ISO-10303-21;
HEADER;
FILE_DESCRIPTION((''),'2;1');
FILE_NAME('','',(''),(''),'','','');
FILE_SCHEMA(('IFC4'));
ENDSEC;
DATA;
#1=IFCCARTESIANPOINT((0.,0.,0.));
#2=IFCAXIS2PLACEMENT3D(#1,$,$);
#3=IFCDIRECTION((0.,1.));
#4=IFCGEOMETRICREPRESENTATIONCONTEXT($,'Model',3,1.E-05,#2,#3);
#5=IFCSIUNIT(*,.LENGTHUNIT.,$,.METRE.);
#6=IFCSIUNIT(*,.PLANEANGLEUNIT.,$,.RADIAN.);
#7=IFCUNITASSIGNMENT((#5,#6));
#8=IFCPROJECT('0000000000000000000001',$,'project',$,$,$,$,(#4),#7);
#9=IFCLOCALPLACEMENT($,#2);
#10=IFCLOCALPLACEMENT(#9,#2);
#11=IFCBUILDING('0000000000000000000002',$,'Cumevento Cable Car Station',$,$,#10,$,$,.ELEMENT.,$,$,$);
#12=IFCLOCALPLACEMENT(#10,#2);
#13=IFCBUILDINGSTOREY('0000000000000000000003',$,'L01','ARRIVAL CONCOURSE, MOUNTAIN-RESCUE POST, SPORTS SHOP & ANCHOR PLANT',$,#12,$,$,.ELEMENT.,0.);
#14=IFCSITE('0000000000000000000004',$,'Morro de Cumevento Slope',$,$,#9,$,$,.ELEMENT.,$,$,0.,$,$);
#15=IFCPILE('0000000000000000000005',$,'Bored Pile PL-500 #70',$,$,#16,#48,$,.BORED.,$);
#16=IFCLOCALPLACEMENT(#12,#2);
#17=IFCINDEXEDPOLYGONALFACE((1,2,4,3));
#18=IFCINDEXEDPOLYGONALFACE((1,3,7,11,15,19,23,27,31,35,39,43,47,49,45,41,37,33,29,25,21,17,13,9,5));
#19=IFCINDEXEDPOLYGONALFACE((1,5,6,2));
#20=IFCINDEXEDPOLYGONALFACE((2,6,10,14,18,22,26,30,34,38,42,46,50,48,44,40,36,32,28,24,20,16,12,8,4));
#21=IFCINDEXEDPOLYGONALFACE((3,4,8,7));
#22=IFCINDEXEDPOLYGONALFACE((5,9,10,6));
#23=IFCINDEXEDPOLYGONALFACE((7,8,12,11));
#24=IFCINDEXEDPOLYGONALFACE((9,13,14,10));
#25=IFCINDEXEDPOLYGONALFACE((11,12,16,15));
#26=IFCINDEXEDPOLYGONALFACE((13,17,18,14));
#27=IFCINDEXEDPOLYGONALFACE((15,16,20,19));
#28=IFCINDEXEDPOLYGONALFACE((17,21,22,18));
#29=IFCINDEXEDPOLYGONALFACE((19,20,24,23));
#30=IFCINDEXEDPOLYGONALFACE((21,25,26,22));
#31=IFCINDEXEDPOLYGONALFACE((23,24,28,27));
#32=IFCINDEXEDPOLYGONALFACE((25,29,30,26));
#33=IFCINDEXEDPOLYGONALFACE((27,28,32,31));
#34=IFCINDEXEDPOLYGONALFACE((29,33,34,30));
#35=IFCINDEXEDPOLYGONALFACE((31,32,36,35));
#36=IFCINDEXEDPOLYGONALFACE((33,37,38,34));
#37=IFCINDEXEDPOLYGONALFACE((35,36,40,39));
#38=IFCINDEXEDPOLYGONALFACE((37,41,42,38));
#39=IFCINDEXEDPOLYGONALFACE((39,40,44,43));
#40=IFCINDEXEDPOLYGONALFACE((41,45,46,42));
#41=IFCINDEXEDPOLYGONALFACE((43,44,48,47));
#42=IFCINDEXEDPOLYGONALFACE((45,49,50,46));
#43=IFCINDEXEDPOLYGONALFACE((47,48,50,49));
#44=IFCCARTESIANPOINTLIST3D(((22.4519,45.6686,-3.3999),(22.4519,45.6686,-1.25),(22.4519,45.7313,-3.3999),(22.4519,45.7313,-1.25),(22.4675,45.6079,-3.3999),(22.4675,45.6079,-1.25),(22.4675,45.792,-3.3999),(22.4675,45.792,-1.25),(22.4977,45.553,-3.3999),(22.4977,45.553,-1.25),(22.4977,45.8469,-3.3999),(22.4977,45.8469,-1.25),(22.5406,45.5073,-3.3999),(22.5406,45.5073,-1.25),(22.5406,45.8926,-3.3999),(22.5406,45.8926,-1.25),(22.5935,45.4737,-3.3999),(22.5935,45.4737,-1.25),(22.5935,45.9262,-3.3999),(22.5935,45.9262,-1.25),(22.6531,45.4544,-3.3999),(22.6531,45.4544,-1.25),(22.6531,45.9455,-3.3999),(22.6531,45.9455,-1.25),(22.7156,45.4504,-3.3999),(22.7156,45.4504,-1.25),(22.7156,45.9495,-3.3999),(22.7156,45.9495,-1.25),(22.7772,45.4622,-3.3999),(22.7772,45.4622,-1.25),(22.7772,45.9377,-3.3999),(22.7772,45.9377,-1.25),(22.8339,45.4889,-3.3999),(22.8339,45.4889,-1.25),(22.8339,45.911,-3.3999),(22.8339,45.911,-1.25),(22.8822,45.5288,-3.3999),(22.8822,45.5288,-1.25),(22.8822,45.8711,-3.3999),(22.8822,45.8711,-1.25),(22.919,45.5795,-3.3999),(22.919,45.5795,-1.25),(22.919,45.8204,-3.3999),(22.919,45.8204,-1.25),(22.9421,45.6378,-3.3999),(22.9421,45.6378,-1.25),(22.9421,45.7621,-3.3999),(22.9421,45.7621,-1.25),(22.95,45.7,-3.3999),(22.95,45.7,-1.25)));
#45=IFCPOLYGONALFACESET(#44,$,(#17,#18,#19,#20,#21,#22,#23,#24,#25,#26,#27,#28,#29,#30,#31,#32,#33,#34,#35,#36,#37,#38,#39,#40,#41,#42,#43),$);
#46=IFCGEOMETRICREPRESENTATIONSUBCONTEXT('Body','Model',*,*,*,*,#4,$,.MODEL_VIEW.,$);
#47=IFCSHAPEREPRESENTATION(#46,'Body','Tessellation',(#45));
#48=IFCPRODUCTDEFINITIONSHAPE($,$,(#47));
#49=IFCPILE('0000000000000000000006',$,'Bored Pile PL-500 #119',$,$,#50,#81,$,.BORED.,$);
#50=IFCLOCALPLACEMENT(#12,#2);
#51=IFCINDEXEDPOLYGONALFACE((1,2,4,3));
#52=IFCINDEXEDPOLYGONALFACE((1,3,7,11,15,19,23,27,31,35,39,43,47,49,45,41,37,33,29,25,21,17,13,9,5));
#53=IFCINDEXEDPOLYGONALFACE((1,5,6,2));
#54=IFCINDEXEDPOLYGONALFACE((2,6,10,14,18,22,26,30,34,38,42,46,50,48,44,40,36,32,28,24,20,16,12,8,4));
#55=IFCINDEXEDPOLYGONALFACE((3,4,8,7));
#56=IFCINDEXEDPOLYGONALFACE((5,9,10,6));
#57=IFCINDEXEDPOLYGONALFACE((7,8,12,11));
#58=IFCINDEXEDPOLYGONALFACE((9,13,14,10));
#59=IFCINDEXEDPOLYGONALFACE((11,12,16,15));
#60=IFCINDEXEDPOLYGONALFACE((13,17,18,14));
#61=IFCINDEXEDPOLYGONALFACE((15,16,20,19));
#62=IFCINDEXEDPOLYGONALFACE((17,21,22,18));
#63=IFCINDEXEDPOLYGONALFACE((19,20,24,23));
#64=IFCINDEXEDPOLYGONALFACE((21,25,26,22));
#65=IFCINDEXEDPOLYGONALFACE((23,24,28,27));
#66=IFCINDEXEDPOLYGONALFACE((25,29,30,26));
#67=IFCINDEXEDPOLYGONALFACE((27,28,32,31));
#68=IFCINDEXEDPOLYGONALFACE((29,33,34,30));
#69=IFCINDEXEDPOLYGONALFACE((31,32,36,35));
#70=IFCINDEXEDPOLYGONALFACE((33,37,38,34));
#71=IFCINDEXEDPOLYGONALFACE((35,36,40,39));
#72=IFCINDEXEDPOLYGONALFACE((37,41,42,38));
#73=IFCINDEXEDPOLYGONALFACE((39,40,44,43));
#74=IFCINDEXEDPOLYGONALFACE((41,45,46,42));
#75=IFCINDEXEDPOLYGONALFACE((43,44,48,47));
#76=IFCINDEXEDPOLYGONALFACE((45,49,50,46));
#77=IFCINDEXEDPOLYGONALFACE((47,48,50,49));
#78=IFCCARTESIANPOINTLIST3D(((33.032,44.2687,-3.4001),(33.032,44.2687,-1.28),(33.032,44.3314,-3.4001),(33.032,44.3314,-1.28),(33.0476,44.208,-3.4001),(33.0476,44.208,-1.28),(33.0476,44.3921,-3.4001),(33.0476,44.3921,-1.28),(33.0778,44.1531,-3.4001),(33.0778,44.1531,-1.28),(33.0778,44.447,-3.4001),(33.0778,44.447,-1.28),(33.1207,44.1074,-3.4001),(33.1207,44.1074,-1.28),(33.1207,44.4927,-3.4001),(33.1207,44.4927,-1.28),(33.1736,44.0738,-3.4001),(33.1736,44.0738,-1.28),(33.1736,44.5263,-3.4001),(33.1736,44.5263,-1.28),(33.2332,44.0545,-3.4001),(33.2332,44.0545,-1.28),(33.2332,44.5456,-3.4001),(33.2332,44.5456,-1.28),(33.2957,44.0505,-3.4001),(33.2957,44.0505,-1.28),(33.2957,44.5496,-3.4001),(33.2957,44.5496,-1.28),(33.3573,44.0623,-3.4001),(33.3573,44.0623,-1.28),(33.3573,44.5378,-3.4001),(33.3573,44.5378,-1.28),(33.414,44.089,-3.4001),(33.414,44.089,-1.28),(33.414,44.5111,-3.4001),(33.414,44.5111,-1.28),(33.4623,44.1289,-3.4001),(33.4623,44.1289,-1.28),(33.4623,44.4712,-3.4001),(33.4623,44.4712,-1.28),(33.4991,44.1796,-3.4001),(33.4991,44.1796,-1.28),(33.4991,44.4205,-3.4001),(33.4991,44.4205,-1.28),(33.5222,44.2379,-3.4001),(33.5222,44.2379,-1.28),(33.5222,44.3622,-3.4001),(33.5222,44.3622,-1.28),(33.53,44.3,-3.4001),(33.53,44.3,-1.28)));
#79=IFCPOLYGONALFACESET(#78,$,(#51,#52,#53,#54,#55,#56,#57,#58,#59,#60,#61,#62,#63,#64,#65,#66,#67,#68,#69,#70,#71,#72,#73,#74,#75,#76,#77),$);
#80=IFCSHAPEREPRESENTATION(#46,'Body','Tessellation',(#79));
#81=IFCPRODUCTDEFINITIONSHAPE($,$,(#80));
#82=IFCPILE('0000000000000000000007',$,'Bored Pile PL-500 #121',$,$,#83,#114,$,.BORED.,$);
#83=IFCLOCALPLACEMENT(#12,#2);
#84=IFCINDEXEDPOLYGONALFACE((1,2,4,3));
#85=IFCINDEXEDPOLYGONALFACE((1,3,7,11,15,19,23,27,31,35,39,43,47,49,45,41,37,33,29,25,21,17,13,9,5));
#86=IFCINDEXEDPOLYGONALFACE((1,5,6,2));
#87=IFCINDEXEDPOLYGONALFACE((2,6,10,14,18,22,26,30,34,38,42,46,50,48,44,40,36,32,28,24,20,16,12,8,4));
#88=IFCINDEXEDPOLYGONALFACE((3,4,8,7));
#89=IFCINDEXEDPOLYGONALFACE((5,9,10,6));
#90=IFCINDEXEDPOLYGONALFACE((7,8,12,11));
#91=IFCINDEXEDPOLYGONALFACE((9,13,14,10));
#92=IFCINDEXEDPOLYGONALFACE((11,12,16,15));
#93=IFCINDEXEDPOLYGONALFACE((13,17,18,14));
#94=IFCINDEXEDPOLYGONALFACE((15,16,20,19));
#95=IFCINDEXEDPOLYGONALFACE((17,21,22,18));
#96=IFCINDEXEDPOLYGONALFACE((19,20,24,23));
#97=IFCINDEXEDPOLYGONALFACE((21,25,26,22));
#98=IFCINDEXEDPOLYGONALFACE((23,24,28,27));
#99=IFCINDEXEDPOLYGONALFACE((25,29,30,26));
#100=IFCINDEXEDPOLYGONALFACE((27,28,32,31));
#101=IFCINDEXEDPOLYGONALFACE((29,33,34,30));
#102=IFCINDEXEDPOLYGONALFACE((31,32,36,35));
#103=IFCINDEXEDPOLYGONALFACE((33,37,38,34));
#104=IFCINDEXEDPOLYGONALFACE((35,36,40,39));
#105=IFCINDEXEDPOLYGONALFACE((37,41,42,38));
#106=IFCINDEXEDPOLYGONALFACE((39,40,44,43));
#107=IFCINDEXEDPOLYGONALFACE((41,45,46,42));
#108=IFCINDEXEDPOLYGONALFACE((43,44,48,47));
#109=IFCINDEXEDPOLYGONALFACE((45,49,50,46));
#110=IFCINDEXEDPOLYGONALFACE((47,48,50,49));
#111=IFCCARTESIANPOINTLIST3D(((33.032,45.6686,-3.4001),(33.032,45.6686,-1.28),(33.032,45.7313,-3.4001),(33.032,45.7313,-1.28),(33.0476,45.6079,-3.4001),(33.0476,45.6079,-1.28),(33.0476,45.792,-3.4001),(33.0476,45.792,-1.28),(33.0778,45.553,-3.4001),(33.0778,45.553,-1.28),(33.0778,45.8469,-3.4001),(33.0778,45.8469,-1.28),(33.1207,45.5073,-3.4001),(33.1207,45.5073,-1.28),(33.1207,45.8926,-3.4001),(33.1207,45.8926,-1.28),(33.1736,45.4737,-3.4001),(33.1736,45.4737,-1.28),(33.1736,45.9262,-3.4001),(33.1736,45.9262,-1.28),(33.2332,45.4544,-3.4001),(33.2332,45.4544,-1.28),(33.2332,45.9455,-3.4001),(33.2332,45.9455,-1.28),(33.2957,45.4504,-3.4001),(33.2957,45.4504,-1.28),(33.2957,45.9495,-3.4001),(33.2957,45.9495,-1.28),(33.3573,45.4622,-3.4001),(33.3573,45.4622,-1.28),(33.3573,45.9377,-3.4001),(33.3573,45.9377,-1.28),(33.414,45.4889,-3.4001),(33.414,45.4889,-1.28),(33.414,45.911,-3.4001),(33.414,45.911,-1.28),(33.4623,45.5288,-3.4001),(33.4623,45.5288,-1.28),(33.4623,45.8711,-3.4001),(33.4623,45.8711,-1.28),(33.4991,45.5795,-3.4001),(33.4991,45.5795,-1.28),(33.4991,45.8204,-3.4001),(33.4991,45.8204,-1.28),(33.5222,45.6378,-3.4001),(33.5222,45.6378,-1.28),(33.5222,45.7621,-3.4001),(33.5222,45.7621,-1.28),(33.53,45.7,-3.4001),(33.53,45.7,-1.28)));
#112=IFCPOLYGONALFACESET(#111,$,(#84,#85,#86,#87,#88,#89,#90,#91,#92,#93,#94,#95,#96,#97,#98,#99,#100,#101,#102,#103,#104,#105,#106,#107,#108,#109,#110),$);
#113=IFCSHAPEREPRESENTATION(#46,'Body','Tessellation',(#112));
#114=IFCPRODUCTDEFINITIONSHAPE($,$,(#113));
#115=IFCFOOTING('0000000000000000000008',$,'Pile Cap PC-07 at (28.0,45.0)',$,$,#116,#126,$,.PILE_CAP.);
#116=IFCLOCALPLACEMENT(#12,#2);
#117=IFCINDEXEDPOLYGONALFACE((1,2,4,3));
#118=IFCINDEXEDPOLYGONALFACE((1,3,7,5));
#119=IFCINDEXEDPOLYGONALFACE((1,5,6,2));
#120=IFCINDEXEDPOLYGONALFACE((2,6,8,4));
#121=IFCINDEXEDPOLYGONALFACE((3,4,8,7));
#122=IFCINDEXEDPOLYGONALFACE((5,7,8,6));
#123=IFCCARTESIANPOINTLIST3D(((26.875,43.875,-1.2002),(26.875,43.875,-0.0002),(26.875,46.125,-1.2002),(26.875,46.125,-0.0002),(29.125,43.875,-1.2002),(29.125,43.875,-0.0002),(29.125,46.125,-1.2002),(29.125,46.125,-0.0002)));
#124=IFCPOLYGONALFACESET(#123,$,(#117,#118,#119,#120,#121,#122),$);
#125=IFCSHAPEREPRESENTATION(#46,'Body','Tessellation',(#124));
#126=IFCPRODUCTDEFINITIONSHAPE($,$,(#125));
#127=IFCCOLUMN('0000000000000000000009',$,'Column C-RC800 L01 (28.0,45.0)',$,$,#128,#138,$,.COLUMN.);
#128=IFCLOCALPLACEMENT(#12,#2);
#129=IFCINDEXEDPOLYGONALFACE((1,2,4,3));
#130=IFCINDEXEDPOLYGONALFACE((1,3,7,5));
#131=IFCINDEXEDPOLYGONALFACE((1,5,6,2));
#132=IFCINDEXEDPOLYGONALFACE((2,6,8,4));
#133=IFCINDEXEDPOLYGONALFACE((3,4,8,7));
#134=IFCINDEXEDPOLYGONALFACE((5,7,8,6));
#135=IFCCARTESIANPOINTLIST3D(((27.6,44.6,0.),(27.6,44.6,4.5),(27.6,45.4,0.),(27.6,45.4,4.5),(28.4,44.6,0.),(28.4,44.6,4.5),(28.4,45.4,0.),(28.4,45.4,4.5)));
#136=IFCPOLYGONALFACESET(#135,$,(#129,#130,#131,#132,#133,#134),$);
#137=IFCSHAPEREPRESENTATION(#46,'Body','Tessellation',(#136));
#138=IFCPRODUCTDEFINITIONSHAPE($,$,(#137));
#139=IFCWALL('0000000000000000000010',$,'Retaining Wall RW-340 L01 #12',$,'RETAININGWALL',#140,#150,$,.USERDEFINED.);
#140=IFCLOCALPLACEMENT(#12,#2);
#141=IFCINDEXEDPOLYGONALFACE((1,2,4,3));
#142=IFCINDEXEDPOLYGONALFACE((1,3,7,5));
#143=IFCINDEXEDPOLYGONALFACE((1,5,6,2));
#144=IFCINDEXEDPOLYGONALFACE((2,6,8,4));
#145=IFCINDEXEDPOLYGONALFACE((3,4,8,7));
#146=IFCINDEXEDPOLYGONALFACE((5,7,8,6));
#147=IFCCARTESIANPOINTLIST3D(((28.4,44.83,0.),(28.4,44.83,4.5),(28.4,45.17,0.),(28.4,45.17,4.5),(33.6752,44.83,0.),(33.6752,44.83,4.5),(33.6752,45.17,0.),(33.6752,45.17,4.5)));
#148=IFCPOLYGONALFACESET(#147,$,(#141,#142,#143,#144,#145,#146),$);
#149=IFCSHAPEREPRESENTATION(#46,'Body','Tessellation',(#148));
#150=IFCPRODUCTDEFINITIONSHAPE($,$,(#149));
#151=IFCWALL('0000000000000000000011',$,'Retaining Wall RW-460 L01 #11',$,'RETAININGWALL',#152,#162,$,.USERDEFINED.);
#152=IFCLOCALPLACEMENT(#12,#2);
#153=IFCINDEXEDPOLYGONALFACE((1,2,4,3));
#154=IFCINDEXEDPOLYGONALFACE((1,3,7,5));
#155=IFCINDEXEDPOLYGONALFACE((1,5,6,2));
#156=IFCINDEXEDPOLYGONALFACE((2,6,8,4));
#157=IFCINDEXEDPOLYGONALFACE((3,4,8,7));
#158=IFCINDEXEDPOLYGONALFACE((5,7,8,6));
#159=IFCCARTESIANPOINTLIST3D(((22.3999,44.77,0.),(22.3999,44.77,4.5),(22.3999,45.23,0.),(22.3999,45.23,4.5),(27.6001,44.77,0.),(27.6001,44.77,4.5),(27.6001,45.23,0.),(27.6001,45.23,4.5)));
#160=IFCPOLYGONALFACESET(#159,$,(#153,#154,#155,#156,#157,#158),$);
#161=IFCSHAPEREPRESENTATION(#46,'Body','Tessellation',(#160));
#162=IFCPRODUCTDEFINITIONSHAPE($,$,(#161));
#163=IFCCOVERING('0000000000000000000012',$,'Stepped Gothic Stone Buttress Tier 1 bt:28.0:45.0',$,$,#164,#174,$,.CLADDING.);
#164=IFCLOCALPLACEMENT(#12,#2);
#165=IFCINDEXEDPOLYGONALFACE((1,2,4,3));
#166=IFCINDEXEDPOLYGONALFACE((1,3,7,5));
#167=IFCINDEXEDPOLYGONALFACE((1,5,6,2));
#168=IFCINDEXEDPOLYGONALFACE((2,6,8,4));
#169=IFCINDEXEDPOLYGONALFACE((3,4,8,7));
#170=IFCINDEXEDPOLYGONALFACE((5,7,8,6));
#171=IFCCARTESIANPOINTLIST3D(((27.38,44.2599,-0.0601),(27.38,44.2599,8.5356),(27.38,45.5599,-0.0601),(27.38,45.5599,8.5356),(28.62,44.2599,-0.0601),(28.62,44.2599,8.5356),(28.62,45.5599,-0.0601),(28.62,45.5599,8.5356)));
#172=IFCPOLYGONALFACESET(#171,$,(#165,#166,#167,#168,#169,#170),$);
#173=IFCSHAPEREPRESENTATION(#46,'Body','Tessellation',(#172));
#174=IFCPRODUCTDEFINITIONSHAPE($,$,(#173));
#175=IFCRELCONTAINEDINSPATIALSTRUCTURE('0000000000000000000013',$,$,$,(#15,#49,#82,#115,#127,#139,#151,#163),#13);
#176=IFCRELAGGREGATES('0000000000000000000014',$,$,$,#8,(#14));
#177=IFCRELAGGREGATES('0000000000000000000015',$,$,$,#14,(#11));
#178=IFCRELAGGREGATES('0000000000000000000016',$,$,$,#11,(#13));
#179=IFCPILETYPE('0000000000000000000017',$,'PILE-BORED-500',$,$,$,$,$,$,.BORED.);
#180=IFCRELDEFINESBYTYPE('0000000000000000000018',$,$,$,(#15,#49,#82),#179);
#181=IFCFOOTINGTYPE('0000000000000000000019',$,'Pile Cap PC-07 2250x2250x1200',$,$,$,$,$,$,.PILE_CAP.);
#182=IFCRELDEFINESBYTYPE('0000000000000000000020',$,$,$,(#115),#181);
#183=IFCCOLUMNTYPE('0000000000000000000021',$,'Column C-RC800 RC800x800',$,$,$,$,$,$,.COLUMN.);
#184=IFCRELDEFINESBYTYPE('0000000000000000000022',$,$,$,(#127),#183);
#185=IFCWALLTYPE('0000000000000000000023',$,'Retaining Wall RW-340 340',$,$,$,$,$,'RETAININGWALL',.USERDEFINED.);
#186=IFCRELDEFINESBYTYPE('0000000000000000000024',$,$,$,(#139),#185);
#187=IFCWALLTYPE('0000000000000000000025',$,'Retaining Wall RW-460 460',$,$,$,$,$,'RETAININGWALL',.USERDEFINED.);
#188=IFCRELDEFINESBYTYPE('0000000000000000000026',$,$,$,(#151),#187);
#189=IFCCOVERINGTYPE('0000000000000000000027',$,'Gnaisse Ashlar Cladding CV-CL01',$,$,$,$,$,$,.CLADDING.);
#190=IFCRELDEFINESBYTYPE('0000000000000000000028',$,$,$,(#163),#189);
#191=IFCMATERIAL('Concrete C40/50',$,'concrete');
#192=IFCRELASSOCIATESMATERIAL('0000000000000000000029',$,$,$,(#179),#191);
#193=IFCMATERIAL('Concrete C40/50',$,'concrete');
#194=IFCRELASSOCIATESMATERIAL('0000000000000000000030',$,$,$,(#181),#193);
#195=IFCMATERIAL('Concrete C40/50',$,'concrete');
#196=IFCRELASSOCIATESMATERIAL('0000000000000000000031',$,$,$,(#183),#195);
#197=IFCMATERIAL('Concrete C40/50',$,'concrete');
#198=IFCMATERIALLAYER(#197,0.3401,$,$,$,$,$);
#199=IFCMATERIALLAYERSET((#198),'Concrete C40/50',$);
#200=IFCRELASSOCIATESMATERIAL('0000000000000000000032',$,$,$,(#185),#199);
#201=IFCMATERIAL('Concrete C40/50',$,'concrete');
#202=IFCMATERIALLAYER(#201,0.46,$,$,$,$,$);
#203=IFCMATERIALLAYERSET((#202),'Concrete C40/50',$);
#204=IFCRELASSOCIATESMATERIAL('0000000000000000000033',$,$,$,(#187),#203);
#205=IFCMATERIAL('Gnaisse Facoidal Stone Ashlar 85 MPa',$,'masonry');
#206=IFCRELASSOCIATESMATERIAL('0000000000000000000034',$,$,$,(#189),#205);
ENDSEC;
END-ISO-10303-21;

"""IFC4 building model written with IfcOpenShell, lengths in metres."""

from ifc_helpers import new_model, si_unit, direction, frame, frame_2d, origin, origin_2d, place, context, subcontext, project, spatial, rectangle, circle, extrude, material, layer, layer_set, material_profile, profile_set, type_object, element, save


model = new_model("IFC4")

# Units and contexts
model_context = context("Model", 3, precision=1e-05, world=origin(), true_north=direction((0.0, 1.0)))
body_context = subcontext(model_context, "Body", "Model", "MODEL_VIEW")
ifc_project = project(units=[si_unit("LENGTHUNIT", "METRE"), si_unit("PLANEANGLEUNIT", "RADIAN")], contexts=[model_context])

# Site, building, storey
site_placement = place(None, origin())
site = spatial("IfcSite", under=ifc_project, at=site_placement, Name="Morro de Cumevento Slope", CompositionType="ELEMENT", RefElevation=0.0)
building_placement = place(site_placement, origin())
building = spatial("IfcBuilding", under=site, at=building_placement, Name="Cumevento Cable Car Station", CompositionType="ELEMENT")
storey_placement = place(building_placement, origin())
storey = spatial("IfcBuildingStorey", under=building, at=storey_placement, Name="L01", Description="ARRIVAL CONCOURSE, MOUNTAIN-RESCUE POST, SPORTS SHOP & ANCHOR PLANT", CompositionType="ELEMENT", Elevation=0.0)

# Piles
ifc_material_1 = material(Name="Concrete C40/50", Category="concrete")
ifc_material_profile_1 = material_profile(ifc_material_1, circle(Radius=0.25, at=origin_2d()), Name="PILE-D500")
ifc_profile_set_1 = profile_set([ifc_material_profile_1], Name="Concrete C40/50")
pile_type_1 = type_object("IfcPileType", Name="PILE-BORED-500", PredefinedType="BORED", material=ifc_profile_set_1)
for number, where, z_axis, x_axis, name in (
    (1, (22.7, 45.7, -1.25), (0.0, 0.0, -1.0), (1.0, 0.0, 0.0), "Bored Pile PL-500 #70"),
):
    element("IfcPile", number, at=place(storey_placement, frame(where, z_axis=z_axis, x_axis=x_axis)), inside=storey, type_object=pile_type_1, Name=name, PredefinedType="BORED", context=body_context, shape_type="SweptSolid", body=[
        extrude(circle(Radius=0.25, at=origin_2d()), origin(), (0.0, 0.0, 1.0), 2.1499),
    ])
for number, where, z_axis, x_axis, name in (
    (2, (33.28, 44.3, -1.28), (0.0, 0.0, -1.0), (1.0, 0.0, 0.0), "Bored Pile PL-500 #119"),
    (3, (33.28, 45.7, -1.28), (0.0, 0.0, -1.0), (1.0, 0.0, 0.0), "Bored Pile PL-500 #121"),
):
    element("IfcPile", number, at=place(storey_placement, frame(where, z_axis=z_axis, x_axis=x_axis)), inside=storey, type_object=pile_type_1, Name=name, PredefinedType="BORED", context=body_context, shape_type="SweptSolid", body=[
        extrude(circle(Radius=0.25, at=origin_2d()), origin(), (0.0, 0.0, 1.0), 2.1201),
    ])

# Footing
ifc_material_2 = material(Name="Concrete C40/50", Category="concrete")
footing_type = type_object("IfcFootingType", Name="Pile Cap PC-07 2250x2250x1200", PredefinedType="PILE_CAP", material=ifc_material_2)
footing_placement = place(storey_placement, frame((28.0, 45.0, -1.2002), z_axis=(0.0, 0.0, 1.0), x_axis=(1.0, 0.0, 0.0)))
element("IfcFooting", 4, at=footing_placement, inside=storey, type_object=footing_type, Name="Pile Cap PC-07 at (28.0,45.0)", PredefinedType="PILE_CAP", context=body_context, shape_type="SweptSolid", body=[
    extrude(rectangle(XDim=2.25, YDim=2.25, at=origin_2d()), origin(), (0.0, 0.0, 1.0), 1.2),
])

# Column
ifc_material_3 = material(Name="Concrete C40/50", Category="concrete")
ifc_material_profile_2 = material_profile(ifc_material_3, rectangle(XDim=0.8, YDim=0.8, at=origin_2d()), Name="RC800x800")
ifc_profile_set_2 = profile_set([ifc_material_profile_2], Name="Concrete C40/50")
column_type = type_object("IfcColumnType", Name="Column C-RC800 RC800x800", PredefinedType="COLUMN", material=ifc_profile_set_2)
column_placement = place(storey_placement, frame((28.0, 45.0, 0.0), z_axis=(0.0, 0.0, 1.0), x_axis=(1.0, 0.0, 0.0)))
element("IfcColumn", 5, at=column_placement, inside=storey, type_object=column_type, Name="Column C-RC800 L01 (28.0,45.0)", PredefinedType="COLUMN", context=body_context, shape_type="SweptSolid", body=[
    extrude(rectangle(XDim=0.8, YDim=0.8, at=origin_2d()), origin(), (0.0, 0.0, 1.0), 4.5),
])

# Walls
ifc_material_4 = material(Name="Concrete C40/50", Category="concrete")
ifc_layer_1 = layer(ifc_material_4, 0.3401)
ifc_layer_set_1 = layer_set([ifc_layer_1], Name="Concrete C40/50")
wall_type_1 = type_object("IfcWallType", Name="Retaining Wall RW-340 340", ElementType="RETAININGWALL", PredefinedType="USERDEFINED", material=ifc_layer_set_1)
wall_1_placement = place(storey_placement, frame((28.3999, 45.0, 0.0), z_axis=(0.0, 0.0, 1.0), x_axis=(1.0, 0.0, 0.0)))
element("IfcWall", 6, at=wall_1_placement, inside=storey, type_object=wall_type_1, Name="Retaining Wall RW-340 L01 #12", ObjectType="RETAININGWALL", PredefinedType="USERDEFINED", context=body_context, shape_type="SweptSolid", body=[
    extrude(rectangle(XDim=5.2751, YDim=0.3401, at=frame_2d((2.6377, 0.0))), origin(), (0.0, 0.0, 1.0), 4.5),
])
ifc_material_5 = material(Name="Concrete C40/50", Category="concrete")
ifc_layer_2 = layer(ifc_material_5, 0.46)
ifc_layer_set_2 = layer_set([ifc_layer_2], Name="Concrete C40/50")
wall_type_2 = type_object("IfcWallType", Name="Retaining Wall RW-460 460", ElementType="RETAININGWALL", PredefinedType="USERDEFINED", material=ifc_layer_set_2)
wall_2_placement = place(storey_placement, frame((22.3999, 45.0, 0.0), z_axis=(0.0, 0.0, 1.0), x_axis=(1.0, 0.0, 0.0)))
element("IfcWall", 7, at=wall_2_placement, inside=storey, type_object=wall_type_2, Name="Retaining Wall RW-460 L01 #11", ObjectType="RETAININGWALL", PredefinedType="USERDEFINED", context=body_context, shape_type="SweptSolid", body=[
    extrude(rectangle(XDim=5.2002, YDim=0.46, at=frame_2d((2.6001, 0.0))), origin(), (0.0, 0.0, 1.0), 4.5),
])

# Covering
ifc_material_6 = material(Name="Gnaisse Facoidal Stone Ashlar 85 MPa", Category="masonry")
covering_type = type_object("IfcCoveringType", Name="Gnaisse Ashlar Cladding CV-CL01", PredefinedType="CLADDING", material=ifc_material_6)
covering_1_placement = place(storey_placement, frame((28.0, 44.9099, -0.0601), z_axis=(0.0, 0.0, 1.0), x_axis=(1.0, 0.0, 0.0)))
element("IfcCovering", 8, at=covering_1_placement, inside=storey, type_object=covering_type, Name="Stepped Gothic Stone Buttress Tier 1 bt:28.0:45.0", PredefinedType="CLADDING", context=body_context, shape_type="SweptSolid", body=[
    extrude(rectangle(XDim=1.24, YDim=1.3, at=origin_2d()), origin(), (0.0, 0.0, 1.0), 8.5957),
])

save(model, "model.ifc")
